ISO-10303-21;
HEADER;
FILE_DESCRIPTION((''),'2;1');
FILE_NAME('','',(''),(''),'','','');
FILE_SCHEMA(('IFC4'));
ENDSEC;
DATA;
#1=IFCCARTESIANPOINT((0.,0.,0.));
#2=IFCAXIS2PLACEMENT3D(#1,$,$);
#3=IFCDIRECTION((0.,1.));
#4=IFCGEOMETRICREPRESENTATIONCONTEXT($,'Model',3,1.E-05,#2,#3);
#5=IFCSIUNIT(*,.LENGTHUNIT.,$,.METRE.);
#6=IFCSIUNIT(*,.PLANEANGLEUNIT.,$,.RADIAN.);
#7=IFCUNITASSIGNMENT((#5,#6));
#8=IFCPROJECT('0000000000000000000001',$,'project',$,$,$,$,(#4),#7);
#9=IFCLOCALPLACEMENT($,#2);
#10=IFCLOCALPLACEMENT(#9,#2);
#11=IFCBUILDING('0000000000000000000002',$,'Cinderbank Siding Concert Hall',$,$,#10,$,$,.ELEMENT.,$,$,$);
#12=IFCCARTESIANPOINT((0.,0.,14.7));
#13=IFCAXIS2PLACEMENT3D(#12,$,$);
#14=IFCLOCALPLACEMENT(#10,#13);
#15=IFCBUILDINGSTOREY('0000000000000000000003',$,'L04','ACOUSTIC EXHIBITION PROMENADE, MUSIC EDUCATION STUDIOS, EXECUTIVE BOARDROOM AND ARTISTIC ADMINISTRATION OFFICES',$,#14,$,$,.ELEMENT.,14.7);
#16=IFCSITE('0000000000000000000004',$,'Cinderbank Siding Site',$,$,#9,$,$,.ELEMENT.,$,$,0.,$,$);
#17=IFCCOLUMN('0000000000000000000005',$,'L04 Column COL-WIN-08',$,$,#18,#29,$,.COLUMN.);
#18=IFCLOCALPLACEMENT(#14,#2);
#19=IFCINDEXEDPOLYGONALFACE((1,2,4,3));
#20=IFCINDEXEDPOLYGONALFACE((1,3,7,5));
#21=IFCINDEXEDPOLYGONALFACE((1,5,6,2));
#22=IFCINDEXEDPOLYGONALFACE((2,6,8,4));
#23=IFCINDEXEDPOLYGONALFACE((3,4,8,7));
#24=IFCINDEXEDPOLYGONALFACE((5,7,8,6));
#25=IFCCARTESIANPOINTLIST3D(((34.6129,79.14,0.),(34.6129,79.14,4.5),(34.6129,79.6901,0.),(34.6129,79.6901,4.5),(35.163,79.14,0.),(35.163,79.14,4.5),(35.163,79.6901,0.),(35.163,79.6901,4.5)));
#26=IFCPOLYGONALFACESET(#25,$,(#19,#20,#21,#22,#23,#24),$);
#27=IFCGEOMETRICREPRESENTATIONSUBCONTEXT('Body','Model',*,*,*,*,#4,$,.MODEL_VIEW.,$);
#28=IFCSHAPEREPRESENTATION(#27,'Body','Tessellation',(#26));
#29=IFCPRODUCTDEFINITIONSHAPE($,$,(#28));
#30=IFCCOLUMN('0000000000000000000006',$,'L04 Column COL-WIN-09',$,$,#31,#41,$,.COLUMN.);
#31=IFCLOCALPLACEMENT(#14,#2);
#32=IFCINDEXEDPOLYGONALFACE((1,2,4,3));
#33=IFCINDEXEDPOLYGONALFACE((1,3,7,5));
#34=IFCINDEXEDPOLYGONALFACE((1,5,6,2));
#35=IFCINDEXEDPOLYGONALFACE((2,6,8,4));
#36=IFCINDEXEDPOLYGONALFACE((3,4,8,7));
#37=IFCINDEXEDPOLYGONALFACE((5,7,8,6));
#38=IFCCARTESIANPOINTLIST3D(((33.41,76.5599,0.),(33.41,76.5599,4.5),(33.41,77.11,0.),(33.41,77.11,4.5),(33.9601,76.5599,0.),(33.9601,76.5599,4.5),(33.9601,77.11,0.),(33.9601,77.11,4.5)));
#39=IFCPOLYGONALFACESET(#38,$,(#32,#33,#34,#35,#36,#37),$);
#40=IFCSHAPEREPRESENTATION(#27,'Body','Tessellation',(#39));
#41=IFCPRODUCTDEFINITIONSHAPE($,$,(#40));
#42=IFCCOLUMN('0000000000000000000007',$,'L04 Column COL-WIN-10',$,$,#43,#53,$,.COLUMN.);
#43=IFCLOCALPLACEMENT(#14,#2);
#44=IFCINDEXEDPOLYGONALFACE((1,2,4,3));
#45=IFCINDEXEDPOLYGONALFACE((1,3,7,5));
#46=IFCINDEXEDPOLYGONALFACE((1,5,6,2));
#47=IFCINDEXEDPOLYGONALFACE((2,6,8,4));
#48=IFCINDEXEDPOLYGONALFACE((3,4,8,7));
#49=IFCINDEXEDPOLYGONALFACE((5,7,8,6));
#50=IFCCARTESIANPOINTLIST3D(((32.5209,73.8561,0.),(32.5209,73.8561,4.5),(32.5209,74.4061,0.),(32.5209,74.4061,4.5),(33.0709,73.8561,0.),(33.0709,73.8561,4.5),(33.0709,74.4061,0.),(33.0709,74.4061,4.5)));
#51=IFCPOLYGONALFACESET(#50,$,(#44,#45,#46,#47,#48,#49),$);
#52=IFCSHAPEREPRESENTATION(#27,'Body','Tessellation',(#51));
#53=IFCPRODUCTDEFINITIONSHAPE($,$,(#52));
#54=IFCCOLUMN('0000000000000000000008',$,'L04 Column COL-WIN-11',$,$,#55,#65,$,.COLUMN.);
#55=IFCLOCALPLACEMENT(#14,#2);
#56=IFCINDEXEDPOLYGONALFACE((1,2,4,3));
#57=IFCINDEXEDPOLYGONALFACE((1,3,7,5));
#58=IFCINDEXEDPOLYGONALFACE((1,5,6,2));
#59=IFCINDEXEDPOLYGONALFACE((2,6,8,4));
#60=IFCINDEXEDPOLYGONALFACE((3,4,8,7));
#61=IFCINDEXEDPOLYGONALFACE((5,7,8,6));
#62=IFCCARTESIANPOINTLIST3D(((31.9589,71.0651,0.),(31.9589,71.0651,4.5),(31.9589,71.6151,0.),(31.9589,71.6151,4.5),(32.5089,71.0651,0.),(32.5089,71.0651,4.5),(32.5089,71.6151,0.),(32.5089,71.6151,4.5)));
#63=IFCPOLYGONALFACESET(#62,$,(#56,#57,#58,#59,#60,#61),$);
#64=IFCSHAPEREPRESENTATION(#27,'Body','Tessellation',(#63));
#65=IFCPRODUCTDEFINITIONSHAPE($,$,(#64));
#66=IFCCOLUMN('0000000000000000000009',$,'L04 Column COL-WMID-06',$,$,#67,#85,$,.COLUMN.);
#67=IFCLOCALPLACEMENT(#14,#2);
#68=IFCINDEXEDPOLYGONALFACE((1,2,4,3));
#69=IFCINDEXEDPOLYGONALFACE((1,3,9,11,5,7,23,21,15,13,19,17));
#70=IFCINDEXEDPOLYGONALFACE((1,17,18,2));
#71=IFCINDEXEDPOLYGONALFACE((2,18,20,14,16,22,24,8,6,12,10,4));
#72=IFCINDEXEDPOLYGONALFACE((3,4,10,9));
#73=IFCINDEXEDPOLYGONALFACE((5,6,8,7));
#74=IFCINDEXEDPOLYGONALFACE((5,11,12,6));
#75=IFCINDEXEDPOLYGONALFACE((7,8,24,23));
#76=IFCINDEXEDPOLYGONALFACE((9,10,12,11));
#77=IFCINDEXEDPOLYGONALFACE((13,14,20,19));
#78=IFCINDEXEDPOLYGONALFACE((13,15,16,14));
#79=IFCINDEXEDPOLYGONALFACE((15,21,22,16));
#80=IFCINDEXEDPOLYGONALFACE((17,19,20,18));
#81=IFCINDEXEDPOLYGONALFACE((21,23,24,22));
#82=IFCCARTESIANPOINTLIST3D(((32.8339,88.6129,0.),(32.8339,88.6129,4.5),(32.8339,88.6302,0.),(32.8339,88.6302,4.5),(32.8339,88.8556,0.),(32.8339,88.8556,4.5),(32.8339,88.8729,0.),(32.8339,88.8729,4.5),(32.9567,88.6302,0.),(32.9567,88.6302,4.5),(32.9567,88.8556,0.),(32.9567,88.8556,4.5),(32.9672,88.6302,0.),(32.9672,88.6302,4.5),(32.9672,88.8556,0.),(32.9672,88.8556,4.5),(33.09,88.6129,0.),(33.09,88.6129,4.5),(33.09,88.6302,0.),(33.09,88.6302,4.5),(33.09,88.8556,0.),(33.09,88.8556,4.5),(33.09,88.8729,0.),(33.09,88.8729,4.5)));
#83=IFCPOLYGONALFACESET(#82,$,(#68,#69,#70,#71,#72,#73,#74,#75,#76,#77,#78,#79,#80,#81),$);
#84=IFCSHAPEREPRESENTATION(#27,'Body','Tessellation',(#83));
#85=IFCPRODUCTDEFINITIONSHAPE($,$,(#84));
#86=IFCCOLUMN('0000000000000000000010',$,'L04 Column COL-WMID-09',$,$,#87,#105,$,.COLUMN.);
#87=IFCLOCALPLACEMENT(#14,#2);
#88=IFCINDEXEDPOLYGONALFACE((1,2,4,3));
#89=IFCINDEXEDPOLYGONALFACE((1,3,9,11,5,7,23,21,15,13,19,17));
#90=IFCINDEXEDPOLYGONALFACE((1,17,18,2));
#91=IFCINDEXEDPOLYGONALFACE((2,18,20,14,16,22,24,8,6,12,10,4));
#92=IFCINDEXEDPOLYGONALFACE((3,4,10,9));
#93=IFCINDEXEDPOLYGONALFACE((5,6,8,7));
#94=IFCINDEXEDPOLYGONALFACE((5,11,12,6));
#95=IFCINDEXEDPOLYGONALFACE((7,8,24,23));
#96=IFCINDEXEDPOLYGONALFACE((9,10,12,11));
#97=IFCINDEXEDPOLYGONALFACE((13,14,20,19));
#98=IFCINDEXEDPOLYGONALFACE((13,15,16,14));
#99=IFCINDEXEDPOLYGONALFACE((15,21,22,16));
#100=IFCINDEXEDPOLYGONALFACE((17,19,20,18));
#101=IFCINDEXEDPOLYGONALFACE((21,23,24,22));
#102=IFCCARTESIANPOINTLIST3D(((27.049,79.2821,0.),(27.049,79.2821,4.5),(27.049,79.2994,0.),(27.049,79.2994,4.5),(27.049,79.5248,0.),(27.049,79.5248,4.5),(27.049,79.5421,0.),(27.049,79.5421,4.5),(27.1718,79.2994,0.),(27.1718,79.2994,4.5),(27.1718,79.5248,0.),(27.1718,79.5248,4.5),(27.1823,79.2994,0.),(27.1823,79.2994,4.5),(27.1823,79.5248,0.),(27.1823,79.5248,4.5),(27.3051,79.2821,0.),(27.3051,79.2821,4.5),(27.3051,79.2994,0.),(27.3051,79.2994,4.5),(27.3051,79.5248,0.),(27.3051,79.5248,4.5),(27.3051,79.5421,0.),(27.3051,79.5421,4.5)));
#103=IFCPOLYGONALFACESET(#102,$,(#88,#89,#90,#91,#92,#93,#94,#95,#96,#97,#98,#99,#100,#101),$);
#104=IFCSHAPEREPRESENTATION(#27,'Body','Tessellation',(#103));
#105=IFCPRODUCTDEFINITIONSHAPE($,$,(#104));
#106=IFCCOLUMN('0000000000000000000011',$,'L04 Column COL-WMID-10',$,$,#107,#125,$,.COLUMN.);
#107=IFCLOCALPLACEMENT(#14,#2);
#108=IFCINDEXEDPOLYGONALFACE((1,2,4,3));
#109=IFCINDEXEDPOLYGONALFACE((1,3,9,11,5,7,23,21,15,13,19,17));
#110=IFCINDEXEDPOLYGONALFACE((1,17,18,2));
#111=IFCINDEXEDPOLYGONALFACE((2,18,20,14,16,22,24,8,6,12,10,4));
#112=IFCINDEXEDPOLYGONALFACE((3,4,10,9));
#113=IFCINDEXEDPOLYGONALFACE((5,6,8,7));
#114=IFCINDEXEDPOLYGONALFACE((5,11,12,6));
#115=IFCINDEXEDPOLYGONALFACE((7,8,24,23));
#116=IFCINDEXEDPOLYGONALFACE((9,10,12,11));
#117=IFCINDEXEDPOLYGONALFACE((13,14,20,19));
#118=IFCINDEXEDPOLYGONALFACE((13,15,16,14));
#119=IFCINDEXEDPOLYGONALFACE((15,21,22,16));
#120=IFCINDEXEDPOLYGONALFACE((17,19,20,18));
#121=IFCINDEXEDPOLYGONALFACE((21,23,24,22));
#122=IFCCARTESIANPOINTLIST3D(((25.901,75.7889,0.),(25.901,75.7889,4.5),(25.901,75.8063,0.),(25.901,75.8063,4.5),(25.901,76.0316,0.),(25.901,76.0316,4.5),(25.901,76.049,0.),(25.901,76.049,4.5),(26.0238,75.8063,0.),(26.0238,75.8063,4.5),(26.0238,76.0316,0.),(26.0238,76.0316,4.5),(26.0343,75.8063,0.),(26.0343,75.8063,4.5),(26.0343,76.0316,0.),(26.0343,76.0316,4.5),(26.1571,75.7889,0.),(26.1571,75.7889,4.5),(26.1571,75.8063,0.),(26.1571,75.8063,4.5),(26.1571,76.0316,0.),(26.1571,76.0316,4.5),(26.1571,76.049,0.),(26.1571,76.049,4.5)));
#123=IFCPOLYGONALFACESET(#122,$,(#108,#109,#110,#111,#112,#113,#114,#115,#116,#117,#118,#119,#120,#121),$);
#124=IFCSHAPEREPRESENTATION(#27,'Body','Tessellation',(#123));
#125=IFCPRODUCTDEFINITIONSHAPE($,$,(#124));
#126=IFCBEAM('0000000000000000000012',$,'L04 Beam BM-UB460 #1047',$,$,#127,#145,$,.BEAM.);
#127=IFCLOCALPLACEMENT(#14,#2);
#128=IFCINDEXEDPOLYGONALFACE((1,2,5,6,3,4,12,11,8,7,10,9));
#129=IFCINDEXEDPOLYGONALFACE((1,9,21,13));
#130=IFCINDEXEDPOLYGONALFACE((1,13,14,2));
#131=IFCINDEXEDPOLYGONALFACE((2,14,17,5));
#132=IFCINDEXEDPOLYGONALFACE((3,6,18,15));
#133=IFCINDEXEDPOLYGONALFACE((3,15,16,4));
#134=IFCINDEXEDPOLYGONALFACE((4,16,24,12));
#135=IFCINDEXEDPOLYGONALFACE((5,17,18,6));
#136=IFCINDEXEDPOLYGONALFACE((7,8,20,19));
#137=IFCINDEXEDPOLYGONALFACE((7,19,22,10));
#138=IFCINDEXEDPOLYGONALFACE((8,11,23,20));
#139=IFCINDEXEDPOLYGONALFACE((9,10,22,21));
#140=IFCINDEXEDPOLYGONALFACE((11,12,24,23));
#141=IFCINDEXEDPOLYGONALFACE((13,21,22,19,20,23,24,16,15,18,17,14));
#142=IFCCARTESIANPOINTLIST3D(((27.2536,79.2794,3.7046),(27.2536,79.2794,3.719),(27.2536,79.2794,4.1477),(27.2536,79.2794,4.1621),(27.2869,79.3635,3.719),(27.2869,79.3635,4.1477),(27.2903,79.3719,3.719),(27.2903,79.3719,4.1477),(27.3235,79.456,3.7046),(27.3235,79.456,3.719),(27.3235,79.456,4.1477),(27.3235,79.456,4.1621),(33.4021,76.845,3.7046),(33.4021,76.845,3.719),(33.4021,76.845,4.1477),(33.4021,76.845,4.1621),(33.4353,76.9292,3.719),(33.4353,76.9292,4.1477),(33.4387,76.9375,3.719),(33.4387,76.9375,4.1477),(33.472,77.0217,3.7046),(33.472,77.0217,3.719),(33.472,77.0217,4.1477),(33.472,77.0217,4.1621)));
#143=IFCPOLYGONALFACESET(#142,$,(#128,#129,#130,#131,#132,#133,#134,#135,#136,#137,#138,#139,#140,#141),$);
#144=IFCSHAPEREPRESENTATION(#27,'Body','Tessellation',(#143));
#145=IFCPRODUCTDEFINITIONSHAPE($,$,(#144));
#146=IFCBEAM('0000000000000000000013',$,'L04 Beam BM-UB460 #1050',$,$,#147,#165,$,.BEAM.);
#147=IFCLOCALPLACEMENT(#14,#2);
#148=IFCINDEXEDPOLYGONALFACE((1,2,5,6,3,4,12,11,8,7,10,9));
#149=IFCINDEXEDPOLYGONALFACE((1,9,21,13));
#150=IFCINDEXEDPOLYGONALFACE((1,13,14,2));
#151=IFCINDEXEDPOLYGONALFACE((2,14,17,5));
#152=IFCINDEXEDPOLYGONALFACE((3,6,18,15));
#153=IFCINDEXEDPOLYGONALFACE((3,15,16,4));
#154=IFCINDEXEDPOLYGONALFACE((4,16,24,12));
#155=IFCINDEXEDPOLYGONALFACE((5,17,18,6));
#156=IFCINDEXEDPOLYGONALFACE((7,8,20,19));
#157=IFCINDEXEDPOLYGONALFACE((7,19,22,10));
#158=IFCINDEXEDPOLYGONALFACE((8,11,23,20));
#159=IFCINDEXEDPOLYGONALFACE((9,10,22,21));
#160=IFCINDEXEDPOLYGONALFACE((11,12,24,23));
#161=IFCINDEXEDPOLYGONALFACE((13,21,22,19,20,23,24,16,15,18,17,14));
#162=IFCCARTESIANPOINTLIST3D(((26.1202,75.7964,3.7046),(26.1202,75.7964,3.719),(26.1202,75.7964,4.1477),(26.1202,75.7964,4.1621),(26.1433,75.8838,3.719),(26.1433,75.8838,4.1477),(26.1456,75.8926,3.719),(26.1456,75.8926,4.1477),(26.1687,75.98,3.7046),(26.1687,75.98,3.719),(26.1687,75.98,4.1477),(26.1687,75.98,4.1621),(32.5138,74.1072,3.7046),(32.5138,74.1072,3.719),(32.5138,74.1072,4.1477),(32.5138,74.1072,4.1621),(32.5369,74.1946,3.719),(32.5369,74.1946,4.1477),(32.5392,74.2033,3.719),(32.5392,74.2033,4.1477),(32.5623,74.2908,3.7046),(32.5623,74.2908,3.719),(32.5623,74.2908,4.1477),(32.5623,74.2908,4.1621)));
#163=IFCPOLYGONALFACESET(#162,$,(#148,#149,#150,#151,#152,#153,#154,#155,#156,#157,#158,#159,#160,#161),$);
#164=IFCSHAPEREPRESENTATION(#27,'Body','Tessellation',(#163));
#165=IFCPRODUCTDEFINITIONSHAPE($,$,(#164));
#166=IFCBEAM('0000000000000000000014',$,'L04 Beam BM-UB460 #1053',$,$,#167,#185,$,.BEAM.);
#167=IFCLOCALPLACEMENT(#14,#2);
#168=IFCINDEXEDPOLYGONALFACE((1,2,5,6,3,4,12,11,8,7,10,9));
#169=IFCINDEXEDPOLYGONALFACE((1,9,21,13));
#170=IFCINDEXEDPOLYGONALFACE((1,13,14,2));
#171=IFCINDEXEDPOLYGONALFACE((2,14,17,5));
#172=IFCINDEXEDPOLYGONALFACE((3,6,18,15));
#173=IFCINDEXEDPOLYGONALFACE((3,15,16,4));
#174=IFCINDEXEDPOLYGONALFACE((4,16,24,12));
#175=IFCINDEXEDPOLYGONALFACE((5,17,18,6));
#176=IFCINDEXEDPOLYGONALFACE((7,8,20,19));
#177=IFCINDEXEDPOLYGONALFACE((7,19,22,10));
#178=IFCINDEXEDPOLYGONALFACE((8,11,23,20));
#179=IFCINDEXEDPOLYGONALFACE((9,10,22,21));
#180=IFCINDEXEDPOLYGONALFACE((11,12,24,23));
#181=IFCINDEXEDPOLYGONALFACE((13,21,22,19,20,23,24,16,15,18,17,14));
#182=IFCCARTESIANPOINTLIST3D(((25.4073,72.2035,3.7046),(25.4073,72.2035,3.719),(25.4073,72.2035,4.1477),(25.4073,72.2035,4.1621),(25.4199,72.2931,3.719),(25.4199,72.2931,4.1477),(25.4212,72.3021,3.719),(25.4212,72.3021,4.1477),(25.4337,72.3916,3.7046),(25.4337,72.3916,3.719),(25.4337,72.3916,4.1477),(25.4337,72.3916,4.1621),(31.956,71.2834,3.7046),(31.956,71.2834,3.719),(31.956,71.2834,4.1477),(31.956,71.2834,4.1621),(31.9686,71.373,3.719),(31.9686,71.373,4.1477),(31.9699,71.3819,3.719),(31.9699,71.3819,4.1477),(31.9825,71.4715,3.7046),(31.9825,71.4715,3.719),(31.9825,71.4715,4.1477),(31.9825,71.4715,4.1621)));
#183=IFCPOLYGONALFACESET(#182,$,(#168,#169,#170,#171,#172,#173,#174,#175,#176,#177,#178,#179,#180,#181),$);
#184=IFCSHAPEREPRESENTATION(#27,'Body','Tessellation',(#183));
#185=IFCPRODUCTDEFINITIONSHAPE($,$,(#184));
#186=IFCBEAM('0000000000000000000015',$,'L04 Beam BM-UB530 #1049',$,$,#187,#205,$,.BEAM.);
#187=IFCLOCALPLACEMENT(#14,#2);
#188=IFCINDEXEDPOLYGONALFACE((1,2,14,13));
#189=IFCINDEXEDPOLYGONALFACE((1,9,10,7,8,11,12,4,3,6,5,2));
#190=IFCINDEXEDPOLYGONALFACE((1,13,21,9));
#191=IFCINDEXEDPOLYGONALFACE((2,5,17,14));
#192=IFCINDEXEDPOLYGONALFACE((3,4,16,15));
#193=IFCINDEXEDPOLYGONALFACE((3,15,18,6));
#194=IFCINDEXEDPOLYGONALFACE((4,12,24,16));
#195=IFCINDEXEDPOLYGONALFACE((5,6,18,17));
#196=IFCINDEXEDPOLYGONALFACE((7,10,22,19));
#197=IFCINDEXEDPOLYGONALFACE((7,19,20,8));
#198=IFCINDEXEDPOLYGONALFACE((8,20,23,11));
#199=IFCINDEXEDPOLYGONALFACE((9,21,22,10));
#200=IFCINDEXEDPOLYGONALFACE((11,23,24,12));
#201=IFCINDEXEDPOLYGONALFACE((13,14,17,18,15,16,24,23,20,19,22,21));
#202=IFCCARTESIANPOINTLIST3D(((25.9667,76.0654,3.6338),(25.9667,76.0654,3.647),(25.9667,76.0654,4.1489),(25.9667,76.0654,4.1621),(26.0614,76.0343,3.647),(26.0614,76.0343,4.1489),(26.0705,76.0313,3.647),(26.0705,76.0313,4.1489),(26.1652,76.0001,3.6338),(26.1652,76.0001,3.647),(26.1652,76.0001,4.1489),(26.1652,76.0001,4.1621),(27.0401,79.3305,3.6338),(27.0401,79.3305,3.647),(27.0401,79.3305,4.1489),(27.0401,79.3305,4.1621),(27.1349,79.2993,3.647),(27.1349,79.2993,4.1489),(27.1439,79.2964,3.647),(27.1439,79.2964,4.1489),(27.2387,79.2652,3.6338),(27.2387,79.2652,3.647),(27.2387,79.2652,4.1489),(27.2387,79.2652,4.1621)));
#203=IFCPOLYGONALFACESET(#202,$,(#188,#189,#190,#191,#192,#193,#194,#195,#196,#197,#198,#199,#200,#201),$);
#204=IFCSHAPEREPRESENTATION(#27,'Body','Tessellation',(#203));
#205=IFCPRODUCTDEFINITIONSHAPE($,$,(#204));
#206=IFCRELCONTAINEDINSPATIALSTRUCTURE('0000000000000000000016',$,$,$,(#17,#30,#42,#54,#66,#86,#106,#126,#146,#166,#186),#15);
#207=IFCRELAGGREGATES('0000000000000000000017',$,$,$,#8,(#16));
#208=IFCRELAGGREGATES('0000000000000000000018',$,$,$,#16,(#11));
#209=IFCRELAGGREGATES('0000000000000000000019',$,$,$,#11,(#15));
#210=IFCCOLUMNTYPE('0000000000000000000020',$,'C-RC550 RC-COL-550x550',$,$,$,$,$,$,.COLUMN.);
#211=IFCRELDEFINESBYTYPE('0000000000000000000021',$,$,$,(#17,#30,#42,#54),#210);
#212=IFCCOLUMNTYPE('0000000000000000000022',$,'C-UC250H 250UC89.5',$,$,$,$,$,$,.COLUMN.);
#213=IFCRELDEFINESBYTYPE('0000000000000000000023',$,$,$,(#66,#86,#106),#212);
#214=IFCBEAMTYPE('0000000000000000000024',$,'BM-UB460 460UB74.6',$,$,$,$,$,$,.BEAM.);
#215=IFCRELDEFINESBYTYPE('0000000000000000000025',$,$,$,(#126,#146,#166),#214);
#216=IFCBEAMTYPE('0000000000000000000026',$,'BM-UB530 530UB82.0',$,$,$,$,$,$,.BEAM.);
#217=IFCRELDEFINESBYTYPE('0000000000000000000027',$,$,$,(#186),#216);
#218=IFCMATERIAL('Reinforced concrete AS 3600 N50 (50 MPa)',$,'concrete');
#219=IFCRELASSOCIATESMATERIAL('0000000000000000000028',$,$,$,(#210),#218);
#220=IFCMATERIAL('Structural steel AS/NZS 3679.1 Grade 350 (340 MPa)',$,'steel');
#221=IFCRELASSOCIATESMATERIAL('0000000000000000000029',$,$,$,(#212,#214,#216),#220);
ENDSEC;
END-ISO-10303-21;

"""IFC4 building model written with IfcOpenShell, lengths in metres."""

from ifc_helpers import new_model, si_unit, direction, frame, origin, origin_2d, place, context, subcontext, project, spatial, rectangle, i_section, extrude, material, material_profile, profile_set, type_object, element, save


model = new_model("IFC4")

# Units and contexts
model_context = context("Model", 3, precision=1e-05, world=origin(), true_north=direction((0.0, 1.0)))
body_context = subcontext(model_context, "Body", "Model", "MODEL_VIEW")
ifc_project = project(units=[si_unit("LENGTHUNIT", "METRE"), si_unit("PLANEANGLEUNIT", "RADIAN")], contexts=[model_context])

# Site, building, storey
site_placement = place(None, origin())
site = spatial("IfcSite", under=ifc_project, at=site_placement, Name="Cinderbank Siding Site", CompositionType="ELEMENT", RefElevation=0.0)
building_placement = place(site_placement, origin())
building = spatial("IfcBuilding", under=site, at=building_placement, Name="Cinderbank Siding Concert Hall", CompositionType="ELEMENT")
storey_placement = place(building_placement, frame((0.0, 0.0, 14.7)))
storey = spatial("IfcBuildingStorey", under=building, at=storey_placement, Name="L04", Description="ACOUSTIC EXHIBITION PROMENADE, MUSIC EDUCATION STUDIOS, EXECUTIVE BOARDROOM AND ARTISTIC ADMINISTRATION OFFICES", CompositionType="ELEMENT", Elevation=14.7)

# Columns
ifc_material_1 = material(Name="Reinforced concrete AS 3600 N50 (50 MPa)", Category="concrete")
ifc_material_profile_1 = material_profile(ifc_material_1, rectangle(XDim=0.55, YDim=0.55, at=origin_2d()), Name="RC-COL-550x550", Category="LoadBearing")
ifc_profile_set_1 = profile_set([ifc_material_profile_1], Name="Reinforced concrete AS 3600 N50 (50 MPa)")
column_type_1 = type_object("IfcColumnType", Name="C-RC550 RC-COL-550x550", PredefinedType="COLUMN", material=ifc_profile_set_1)
for number, where, z_axis, x_axis, name in (
    (1, (34.8879, 79.415, 0.0), (0.0, 0.0, 1.0), (1.0, 0.0, 0.0), "L04 Column COL-WIN-08"),
    (2, (33.6851, 76.835, 0.0), (0.0, 0.0, 1.0), (1.0, 0.0, 0.0), "L04 Column COL-WIN-09"),
    (3, (32.7959, 74.1311, 0.0), (0.0, 0.0, 1.0), (1.0, 0.0, 0.0), "L04 Column COL-WIN-10"),
    (4, (32.2339, 71.3401, 0.0), (0.0, 0.0, 1.0), (1.0, 0.0, 0.0), "L04 Column COL-WIN-11"),
):
    element("IfcColumn", number, at=place(storey_placement, frame(where, z_axis=z_axis, x_axis=x_axis)), inside=storey, type_object=column_type_1, Name=name, PredefinedType="COLUMN", context=body_context, shape_type="SweptSolid", body=[
        extrude(rectangle(XDim=0.55, YDim=0.55, at=origin_2d()), origin(), (0.0, 0.0, 1.0), 4.5),
    ])
ifc_material_2 = material(Name="Structural steel AS/NZS 3679.1 Grade 350 (340 MPa)", Category="steel")
ifc_material_profile_2 = material_profile(ifc_material_2, i_section(OverallWidth=0.2561, OverallDepth=0.26, WebThickness=0.0105, FlangeThickness=0.0173, at=origin_2d()), Name="250UC89.5", Category="LoadBearing")
ifc_profile_set_2 = profile_set([ifc_material_profile_2], Name="Structural steel AS/NZS 3679.1 Grade 350 (340 MPa)")
column_type_2 = type_object("IfcColumnType", Name="C-UC250H 250UC89.5", PredefinedType="COLUMN", material=ifc_profile_set_2)
for number, where, z_axis, x_axis, name in (
    (5, (32.9619, 88.7429, 0.0), (0.0, 0.0, 1.0), (1.0, 0.0, 0.0), "L04 Column COL-WMID-06"),
    (6, (27.177, 79.4121, 0.0), (0.0, 0.0, 1.0), (1.0, 0.0, 0.0), "L04 Column COL-WMID-09"),
    (7, (26.0291, 75.9189, 0.0), (0.0, 0.0, 1.0), (1.0, 0.0, 0.0), "L04 Column COL-WMID-10"),
):
    element("IfcColumn", number, at=place(storey_placement, frame(where, z_axis=z_axis, x_axis=x_axis)), inside=storey, type_object=column_type_2, Name=name, PredefinedType="COLUMN", context=body_context, shape_type="SweptSolid", body=[
        extrude(i_section(OverallWidth=0.2561, OverallDepth=0.26, WebThickness=0.0105, FlangeThickness=0.0173, at=origin_2d()), origin(), (0.0, 0.0, 1.0), 4.5),
    ])

# Beams
ifc_material_profile_3 = material_profile(ifc_material_2, i_section(OverallWidth=0.1899, OverallDepth=0.4575, WebThickness=0.009, FlangeThickness=0.0144, at=origin_2d()), Name="460UB74.6", Category="LoadBearing")
ifc_profile_set_3 = profile_set([ifc_material_profile_3], Name="Structural steel AS/NZS 3679.1 Grade 350 (340 MPa)")
beam_type_1 = type_object("IfcBeamType", Name="BM-UB460 460UB74.6", PredefinedType="BEAM", material=ifc_profile_set_3)
beam_1_placement = place(storey_placement, frame((33.437, 76.9333, 3.9333), z_axis=(-0.929777, 0.368123, 0.0), x_axis=(-0.368123, -0.929777, 0.0)))
element("IfcBeam", 8, at=beam_1_placement, inside=storey, type_object=beam_type_1, Name="L04 Beam BM-UB460 #1047", PredefinedType="BEAM", context=body_context, shape_type="SweptSolid", body=[
    extrude(i_section(OverallWidth=0.1899, OverallDepth=0.4575, WebThickness=0.009, FlangeThickness=0.0144, at=origin_2d()), origin(), (0.0, 0.0, 1.0), 6.6128),
])
for number, where, z_axis, x_axis, name in (
    (9, (32.5381, 74.199, 3.9333), (-0.966825, 0.25544, 0.0), (-0.25544, -0.966825, 0.0), "L04 Beam BM-UB460 #1050"),
    (10, (31.9692, 71.3774, 3.9333), (-0.990272, 0.139142, 0.0), (-0.139142, -0.990272, 0.0), "L04 Beam BM-UB460 #1053"),
):
    element("IfcBeam", number, at=place(storey_placement, frame(where, z_axis=z_axis, x_axis=x_axis)), inside=storey, type_object=beam_type_1, Name=name, PredefinedType="BEAM", context=body_context, shape_type="SweptSolid", body=[
        extrude(i_section(OverallWidth=0.1899, OverallDepth=0.4575, WebThickness=0.009, FlangeThickness=0.0144, at=origin_2d()), origin(), (0.0, 0.0, 1.0), 6.613),
    ])
ifc_material_profile_4 = material_profile(ifc_material_2, i_section(OverallWidth=0.209, OverallDepth=0.5283, WebThickness=0.0095, FlangeThickness=0.0132, at=origin_2d()), Name="530UB82.0", Category="LoadBearing")
ifc_profile_set_4 = profile_set([ifc_material_profile_4], Name="Structural steel AS/NZS 3679.1 Grade 350 (340 MPa)")
beam_type_2 = type_object("IfcBeamType", Name="BM-UB530 530UB82.0", PredefinedType="BEAM", material=ifc_profile_set_4)
beam_2_placement = place(storey_placement, frame((27.1394, 79.2979, 3.8979), z_axis=(-0.312325, -0.949975, 0.0), x_axis=(0.949975, -0.312325, 0.0)))
element("IfcBeam", 11, at=beam_2_placement, inside=storey, type_object=beam_type_2, Name="L04 Beam BM-UB530 #1049", PredefinedType="BEAM", context=body_context, shape_type="SweptSolid", body=[
    extrude(i_section(OverallWidth=0.209, OverallDepth=0.5283, WebThickness=0.0095, FlangeThickness=0.0132, at=origin_2d()), origin(), (0.0, 0.0, 1.0), 3.437),
])

save(model, "model.ifc")
